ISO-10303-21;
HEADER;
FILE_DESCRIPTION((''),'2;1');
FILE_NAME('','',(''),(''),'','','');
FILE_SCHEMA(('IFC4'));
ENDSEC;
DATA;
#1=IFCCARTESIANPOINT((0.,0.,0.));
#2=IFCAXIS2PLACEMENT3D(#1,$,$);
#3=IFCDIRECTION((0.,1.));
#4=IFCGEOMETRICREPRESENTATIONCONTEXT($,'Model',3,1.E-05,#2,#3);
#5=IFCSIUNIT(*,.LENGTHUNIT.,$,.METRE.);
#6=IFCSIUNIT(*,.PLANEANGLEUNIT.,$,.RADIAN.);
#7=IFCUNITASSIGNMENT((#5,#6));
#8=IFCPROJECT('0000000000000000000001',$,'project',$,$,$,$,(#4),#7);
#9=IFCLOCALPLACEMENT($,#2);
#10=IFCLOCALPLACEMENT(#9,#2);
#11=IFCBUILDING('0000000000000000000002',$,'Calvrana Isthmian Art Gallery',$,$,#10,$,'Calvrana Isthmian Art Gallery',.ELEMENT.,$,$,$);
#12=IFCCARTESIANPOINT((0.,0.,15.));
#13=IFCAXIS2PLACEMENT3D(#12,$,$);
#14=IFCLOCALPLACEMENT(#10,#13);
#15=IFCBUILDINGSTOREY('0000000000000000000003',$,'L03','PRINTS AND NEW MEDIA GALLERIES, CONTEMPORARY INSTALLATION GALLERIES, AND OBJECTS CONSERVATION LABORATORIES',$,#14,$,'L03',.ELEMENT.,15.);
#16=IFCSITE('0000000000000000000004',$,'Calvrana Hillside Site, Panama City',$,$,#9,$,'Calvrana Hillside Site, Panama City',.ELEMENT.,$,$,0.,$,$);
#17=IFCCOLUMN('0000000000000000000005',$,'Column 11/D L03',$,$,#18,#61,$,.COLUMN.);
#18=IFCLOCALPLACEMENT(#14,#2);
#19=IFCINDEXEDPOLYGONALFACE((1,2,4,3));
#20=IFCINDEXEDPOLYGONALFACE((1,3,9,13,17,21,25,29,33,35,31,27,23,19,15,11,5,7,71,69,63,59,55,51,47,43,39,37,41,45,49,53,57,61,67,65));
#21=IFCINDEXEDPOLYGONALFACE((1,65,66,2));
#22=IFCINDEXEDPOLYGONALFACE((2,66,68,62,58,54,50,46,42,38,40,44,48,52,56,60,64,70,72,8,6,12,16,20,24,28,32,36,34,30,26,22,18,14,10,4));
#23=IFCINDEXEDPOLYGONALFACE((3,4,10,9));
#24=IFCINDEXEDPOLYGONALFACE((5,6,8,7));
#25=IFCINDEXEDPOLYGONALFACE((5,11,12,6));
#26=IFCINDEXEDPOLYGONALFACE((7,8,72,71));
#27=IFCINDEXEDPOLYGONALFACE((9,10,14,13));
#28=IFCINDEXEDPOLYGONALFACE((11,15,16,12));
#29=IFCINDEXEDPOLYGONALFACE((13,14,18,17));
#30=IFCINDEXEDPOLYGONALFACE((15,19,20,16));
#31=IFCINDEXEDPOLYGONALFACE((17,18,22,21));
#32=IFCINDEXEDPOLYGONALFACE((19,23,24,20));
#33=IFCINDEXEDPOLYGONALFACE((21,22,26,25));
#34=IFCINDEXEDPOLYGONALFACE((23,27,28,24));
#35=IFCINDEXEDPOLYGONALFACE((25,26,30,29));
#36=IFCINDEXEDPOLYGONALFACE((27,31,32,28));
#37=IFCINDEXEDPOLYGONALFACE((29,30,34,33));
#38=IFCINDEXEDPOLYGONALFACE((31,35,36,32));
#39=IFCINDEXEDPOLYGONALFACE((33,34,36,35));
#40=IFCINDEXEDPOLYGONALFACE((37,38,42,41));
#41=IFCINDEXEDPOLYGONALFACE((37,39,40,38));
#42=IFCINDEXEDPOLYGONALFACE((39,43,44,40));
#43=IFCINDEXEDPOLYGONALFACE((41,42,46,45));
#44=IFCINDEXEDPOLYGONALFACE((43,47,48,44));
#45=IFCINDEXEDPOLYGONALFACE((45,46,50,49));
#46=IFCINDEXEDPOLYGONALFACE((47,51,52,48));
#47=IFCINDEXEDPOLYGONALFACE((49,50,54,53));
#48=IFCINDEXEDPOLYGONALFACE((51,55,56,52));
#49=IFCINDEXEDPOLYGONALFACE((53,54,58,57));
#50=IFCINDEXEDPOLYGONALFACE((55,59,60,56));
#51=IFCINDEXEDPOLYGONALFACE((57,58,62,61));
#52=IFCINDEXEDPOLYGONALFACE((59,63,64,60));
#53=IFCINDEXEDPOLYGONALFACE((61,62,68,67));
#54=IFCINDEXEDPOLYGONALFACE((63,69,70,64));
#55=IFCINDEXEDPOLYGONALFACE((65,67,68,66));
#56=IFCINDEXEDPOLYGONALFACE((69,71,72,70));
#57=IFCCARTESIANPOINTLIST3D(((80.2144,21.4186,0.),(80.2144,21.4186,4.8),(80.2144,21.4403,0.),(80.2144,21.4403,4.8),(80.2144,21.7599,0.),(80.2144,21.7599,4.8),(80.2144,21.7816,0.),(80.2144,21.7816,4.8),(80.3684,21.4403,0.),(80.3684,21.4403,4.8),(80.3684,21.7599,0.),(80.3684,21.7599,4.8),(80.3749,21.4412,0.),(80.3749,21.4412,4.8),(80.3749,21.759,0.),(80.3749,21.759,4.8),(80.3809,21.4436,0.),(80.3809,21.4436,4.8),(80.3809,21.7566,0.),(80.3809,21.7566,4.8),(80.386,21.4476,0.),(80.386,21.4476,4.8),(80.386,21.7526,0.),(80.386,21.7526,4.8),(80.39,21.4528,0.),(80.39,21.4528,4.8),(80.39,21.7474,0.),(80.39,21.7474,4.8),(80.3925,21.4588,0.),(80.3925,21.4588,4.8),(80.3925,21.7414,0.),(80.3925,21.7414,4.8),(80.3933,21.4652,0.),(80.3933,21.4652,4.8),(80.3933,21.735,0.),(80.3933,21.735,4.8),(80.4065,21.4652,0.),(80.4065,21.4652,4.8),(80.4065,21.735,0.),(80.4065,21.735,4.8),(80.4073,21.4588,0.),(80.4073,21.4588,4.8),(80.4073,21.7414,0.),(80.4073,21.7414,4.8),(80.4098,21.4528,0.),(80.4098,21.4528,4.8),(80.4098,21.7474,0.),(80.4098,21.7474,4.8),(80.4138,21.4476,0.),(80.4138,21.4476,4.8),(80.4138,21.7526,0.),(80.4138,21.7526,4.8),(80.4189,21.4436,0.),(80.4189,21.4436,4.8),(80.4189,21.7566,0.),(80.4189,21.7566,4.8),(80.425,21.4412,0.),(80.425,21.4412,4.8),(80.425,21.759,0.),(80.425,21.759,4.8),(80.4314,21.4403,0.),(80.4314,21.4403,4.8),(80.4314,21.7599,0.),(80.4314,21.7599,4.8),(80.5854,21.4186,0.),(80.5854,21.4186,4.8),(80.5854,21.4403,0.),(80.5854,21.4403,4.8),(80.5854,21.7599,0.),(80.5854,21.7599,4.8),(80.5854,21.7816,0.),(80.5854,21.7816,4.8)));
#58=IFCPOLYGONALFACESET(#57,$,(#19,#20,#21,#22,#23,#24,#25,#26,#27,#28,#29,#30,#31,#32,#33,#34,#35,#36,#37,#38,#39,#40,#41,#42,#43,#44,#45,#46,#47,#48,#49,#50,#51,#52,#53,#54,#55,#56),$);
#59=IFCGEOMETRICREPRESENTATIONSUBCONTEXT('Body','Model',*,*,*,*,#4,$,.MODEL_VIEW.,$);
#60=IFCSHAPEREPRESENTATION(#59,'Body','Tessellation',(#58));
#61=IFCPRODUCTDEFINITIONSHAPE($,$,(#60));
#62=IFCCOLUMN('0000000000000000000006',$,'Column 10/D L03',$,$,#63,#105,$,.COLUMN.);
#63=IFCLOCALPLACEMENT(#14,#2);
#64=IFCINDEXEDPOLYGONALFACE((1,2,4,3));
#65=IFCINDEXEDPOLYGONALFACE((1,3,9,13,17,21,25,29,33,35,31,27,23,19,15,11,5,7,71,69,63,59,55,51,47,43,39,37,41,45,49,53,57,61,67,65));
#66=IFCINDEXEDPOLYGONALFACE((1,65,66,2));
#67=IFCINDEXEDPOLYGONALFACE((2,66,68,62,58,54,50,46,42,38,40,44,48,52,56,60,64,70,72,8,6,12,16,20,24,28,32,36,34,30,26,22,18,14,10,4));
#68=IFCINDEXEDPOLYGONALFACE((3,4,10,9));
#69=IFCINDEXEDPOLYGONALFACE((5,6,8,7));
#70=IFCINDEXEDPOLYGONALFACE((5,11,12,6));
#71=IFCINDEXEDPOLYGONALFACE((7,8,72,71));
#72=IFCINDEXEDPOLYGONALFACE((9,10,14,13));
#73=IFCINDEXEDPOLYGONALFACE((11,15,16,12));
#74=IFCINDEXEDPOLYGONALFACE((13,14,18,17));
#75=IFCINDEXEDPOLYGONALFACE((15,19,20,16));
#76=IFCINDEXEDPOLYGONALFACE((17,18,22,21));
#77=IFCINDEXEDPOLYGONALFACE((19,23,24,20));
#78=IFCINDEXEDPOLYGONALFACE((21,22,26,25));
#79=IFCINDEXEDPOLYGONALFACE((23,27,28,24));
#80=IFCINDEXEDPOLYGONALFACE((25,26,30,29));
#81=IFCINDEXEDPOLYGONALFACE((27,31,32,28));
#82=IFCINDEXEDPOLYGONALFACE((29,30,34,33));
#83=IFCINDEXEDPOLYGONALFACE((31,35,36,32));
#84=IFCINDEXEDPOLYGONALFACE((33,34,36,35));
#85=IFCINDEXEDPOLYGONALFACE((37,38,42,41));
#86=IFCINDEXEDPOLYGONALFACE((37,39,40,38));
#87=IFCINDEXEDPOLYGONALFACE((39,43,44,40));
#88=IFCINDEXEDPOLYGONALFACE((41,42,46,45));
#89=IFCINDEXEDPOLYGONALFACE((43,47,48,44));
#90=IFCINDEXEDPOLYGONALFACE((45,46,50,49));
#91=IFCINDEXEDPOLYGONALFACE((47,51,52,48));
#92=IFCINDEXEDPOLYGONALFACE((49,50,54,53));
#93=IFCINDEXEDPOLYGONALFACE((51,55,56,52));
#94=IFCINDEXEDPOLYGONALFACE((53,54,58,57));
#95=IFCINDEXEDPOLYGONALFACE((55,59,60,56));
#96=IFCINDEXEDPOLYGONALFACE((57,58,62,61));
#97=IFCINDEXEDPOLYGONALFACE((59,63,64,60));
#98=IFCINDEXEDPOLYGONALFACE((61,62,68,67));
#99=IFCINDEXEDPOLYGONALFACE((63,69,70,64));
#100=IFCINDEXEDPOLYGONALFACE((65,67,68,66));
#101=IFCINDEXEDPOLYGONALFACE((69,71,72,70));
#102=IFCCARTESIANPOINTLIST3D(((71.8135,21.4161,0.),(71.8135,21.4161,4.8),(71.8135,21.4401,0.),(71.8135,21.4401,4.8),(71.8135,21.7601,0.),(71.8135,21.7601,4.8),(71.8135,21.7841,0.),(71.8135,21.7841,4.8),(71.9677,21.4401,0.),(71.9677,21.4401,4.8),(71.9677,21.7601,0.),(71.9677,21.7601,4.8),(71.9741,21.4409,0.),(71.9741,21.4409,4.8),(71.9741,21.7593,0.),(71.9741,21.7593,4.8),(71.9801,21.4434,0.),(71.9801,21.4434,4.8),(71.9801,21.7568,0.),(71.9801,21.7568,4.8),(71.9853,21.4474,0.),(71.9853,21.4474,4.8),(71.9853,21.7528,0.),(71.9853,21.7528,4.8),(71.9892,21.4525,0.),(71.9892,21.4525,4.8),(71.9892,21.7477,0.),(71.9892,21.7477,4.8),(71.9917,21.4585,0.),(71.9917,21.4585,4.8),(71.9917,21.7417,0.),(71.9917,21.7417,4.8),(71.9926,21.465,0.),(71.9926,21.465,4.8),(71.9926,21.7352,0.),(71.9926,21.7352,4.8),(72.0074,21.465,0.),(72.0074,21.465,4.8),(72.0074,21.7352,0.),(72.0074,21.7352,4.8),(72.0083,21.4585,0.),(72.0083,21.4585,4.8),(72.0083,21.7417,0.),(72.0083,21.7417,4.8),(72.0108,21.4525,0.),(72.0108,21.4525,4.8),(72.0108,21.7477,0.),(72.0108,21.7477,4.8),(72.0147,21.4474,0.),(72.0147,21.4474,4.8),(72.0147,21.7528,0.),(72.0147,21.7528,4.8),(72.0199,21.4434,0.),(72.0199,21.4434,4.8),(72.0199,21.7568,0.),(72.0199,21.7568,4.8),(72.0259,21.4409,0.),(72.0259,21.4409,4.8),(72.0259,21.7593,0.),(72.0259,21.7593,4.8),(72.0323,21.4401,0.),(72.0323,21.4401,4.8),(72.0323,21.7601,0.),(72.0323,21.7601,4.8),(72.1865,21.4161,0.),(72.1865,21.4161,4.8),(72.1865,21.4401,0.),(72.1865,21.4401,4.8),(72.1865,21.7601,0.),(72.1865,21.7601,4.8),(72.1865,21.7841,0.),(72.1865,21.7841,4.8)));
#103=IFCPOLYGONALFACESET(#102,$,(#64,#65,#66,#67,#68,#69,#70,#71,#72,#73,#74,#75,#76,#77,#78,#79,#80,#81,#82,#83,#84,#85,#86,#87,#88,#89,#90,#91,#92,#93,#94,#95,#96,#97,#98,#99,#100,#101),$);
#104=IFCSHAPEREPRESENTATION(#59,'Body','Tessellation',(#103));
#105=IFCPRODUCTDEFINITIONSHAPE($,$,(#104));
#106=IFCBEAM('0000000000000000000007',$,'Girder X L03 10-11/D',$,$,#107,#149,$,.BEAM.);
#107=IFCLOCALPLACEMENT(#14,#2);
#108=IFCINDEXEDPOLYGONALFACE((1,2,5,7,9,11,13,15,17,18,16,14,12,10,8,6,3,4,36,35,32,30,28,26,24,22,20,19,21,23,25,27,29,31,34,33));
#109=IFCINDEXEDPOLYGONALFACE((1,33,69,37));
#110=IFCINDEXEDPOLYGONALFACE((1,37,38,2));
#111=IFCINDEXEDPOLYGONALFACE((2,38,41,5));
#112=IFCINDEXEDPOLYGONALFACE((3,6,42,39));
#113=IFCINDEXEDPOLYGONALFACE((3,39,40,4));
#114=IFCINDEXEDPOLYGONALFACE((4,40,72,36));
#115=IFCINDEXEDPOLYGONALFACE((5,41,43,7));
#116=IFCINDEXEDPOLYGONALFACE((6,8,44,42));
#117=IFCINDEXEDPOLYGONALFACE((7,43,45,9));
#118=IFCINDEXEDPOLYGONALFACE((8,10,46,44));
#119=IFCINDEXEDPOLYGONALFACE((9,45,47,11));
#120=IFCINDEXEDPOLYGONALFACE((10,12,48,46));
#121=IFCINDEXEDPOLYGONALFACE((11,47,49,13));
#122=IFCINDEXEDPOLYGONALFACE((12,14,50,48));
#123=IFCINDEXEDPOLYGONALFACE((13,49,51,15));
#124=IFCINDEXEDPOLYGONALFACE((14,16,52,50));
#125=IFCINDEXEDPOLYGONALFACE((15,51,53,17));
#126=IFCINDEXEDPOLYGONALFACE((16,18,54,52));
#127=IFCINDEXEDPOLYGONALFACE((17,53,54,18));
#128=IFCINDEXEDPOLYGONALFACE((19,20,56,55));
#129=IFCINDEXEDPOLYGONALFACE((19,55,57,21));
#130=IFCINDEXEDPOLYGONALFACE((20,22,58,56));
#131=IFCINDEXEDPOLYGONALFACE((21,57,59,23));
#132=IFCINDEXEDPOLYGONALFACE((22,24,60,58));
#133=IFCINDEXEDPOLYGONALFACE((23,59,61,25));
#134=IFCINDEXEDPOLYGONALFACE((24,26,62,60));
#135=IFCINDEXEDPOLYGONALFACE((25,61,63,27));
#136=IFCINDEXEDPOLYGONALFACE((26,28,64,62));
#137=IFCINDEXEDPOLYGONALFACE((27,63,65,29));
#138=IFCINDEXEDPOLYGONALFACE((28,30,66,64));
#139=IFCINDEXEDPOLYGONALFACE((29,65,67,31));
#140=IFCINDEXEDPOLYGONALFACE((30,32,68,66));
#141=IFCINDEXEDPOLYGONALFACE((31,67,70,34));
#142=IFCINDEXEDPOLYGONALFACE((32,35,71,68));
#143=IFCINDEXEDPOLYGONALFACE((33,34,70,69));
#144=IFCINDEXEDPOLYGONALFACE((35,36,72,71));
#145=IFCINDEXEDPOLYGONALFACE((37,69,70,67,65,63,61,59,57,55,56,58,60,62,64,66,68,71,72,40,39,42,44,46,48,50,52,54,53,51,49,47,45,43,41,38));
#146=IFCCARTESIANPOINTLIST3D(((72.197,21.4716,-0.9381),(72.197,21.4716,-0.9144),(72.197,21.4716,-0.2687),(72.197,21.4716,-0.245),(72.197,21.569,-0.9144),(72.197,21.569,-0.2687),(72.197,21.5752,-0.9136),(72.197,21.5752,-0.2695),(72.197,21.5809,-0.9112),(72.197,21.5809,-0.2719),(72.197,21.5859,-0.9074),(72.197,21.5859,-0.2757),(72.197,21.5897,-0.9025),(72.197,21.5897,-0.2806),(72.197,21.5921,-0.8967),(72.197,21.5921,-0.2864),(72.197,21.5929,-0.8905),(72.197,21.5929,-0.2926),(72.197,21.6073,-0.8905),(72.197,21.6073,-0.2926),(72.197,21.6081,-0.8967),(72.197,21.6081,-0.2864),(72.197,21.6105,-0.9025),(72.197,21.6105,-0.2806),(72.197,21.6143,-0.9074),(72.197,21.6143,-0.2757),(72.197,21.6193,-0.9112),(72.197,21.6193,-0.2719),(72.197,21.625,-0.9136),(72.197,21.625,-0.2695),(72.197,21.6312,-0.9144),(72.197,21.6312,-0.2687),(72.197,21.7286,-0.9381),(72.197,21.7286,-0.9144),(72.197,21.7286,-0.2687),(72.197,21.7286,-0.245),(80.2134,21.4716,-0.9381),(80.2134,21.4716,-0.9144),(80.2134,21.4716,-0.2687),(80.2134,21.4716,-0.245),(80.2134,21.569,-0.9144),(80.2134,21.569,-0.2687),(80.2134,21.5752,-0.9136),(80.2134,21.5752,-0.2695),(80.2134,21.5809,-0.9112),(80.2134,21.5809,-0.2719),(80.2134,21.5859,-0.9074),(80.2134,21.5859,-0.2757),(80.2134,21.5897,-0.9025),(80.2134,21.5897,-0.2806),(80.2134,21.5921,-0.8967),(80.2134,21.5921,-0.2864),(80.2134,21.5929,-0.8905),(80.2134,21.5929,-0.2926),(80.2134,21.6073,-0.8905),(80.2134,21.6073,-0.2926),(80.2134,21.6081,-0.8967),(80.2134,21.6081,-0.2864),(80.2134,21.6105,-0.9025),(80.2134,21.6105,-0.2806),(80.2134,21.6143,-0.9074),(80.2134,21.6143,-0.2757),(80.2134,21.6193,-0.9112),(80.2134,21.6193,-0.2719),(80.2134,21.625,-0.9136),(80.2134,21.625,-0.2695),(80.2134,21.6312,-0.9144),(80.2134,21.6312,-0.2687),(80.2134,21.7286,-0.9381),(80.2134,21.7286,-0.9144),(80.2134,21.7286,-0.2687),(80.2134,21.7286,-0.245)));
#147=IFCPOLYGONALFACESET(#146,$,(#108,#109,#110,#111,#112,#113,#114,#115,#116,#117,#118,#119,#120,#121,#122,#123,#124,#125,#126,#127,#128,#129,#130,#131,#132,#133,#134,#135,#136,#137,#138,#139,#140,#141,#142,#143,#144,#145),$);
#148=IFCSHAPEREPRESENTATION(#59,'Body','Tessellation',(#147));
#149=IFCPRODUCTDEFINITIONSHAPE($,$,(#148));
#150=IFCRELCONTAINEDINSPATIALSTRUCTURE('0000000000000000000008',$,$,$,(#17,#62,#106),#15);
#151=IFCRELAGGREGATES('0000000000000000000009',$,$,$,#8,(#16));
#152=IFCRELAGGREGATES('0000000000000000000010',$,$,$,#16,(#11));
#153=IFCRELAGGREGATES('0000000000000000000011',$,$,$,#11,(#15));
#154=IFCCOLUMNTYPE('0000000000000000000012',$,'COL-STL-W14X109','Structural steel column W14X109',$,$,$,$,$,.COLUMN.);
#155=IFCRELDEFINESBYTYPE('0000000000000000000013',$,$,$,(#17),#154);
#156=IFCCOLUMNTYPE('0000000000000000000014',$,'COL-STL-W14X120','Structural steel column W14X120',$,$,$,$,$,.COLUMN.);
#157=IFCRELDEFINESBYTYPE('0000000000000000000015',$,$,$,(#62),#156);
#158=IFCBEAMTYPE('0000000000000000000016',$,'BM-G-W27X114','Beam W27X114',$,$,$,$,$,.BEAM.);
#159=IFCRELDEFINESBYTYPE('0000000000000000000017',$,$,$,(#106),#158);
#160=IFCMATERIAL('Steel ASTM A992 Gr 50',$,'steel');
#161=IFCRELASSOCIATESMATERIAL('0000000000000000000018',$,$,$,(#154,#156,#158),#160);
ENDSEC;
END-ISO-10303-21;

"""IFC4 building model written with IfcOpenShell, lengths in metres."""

from ifc_helpers import new_model, si_unit, direction, frame, origin, origin_2d, place, context, subcontext, project, spatial, i_section, extrude, material, material_profile, profile_set, type_object, element, save


model = new_model("IFC4")

# Units and contexts
model_context = context("Model", 3, precision=1e-05, world=origin(), true_north=direction((0.0, 1.0)))
body_context = subcontext(model_context, "Body", "Model", "MODEL_VIEW")
ifc_project = project(units=[si_unit("LENGTHUNIT", "METRE"), si_unit("PLANEANGLEUNIT", "RADIAN")], contexts=[model_context])

# Site, building, storey
site_placement = place(None, origin())
site = spatial("IfcSite", under=ifc_project, at=site_placement, Name="Calvrana Hillside Site, Panama City", LongName="Calvrana Hillside Site, Panama City", CompositionType="ELEMENT", RefElevation=0.0)
building_placement = place(site_placement, origin())
building = spatial("IfcBuilding", under=site, at=building_placement, Name="Calvrana Isthmian Art Gallery", LongName="Calvrana Isthmian Art Gallery", CompositionType="ELEMENT")
storey_placement = place(building_placement, frame((0.0, 0.0, 15.0)))
storey = spatial("IfcBuildingStorey", under=building, at=storey_placement, Name="L03", Description="PRINTS AND NEW MEDIA GALLERIES, CONTEMPORARY INSTALLATION GALLERIES, AND OBJECTS CONSERVATION LABORATORIES", LongName="L03", CompositionType="ELEMENT", Elevation=15.0)

# Columns
ifc_material_1 = material(Name="Steel ASTM A992 Gr 50", Category="steel")
ifc_material_profile_1 = material_profile(ifc_material_1, i_section(OverallWidth=0.3711, OverallDepth=0.363, WebThickness=0.0132, FlangeThickness=0.0217, FilletRadius=0.0249, at=origin_2d()), Name="W14X109")
ifc_profile_set_1 = profile_set([ifc_material_profile_1], Name="Steel ASTM A992 Gr 50")
column_type_1 = type_object("IfcColumnType", Name="COL-STL-W14X109", Description="Structural steel column W14X109", PredefinedType="COLUMN", material=ifc_profile_set_1)
column_1_placement = place(storey_placement, frame((80.3999, 21.6001, 0.0), z_axis=(0.0, 0.0, 1.0), x_axis=(1.0, 0.0, 0.0)))
element("IfcColumn", 1, at=column_1_placement, inside=storey, type_object=column_type_1, Name="Column 11/D L03", PredefinedType="COLUMN", context=body_context, shape_type="SweptSolid", body=[
    extrude(i_section(OverallWidth=0.3711, OverallDepth=0.363, WebThickness=0.0132, FlangeThickness=0.0217, FilletRadius=0.0249, at=origin_2d()), origin(), (0.0, 0.0, 1.0), 4.8),
])
ifc_material_profile_2 = material_profile(ifc_material_1, i_section(OverallWidth=0.373, OverallDepth=0.3679, WebThickness=0.0149, FlangeThickness=0.0239, FilletRadius=0.0249, at=origin_2d()), Name="W14X120")
ifc_profile_set_2 = profile_set([ifc_material_profile_2], Name="Steel ASTM A992 Gr 50")
column_type_2 = type_object("IfcColumnType", Name="COL-STL-W14X120", Description="Structural steel column W14X120", PredefinedType="COLUMN", material=ifc_profile_set_2)
column_2_placement = place(storey_placement, frame((72.0, 21.6001, 0.0), z_axis=(0.0, 0.0, 1.0), x_axis=(1.0, 0.0, 0.0)))
element("IfcColumn", 2, at=column_2_placement, inside=storey, type_object=column_type_2, Name="Column 10/D L03", PredefinedType="COLUMN", context=body_context, shape_type="SweptSolid", body=[
    extrude(i_section(OverallWidth=0.373, OverallDepth=0.3679, WebThickness=0.0149, FlangeThickness=0.0239, FilletRadius=0.0249, at=origin_2d()), origin(), (0.0, 0.0, 1.0), 4.8),
])

# Beam
ifc_material_profile_3 = material_profile(ifc_material_1, i_section(OverallWidth=0.2571, OverallDepth=0.6931, WebThickness=0.0144, FlangeThickness=0.0237, FilletRadius=0.0239, at=origin_2d()), Name="W27X114")
ifc_profile_set_3 = profile_set([ifc_material_profile_3], Name="Steel ASTM A992 Gr 50")
beam_type_1 = type_object("IfcBeamType", Name="BM-G-W27X114", Description="Beam W27X114", PredefinedType="BEAM", material=ifc_profile_set_3)
beam_1_placement = place(storey_placement, frame((72.197, 21.6001, -0.5916), z_axis=(1.0, 0.0, 0.0), x_axis=(0.0, 1.0, 0.0)))
element("IfcBeam", 3, at=beam_1_placement, inside=storey, type_object=beam_type_1, Name="Girder X L03 10-11/D", PredefinedType="BEAM", context=body_context, shape_type="SweptSolid", body=[
    extrude(i_section(OverallWidth=0.2571, OverallDepth=0.6931, WebThickness=0.0144, FlangeThickness=0.0237, FilletRadius=0.0239, at=origin_2d()), origin(), (0.0, 0.0, 1.0), 8.0164),
])

save(model, "model.ifc")
